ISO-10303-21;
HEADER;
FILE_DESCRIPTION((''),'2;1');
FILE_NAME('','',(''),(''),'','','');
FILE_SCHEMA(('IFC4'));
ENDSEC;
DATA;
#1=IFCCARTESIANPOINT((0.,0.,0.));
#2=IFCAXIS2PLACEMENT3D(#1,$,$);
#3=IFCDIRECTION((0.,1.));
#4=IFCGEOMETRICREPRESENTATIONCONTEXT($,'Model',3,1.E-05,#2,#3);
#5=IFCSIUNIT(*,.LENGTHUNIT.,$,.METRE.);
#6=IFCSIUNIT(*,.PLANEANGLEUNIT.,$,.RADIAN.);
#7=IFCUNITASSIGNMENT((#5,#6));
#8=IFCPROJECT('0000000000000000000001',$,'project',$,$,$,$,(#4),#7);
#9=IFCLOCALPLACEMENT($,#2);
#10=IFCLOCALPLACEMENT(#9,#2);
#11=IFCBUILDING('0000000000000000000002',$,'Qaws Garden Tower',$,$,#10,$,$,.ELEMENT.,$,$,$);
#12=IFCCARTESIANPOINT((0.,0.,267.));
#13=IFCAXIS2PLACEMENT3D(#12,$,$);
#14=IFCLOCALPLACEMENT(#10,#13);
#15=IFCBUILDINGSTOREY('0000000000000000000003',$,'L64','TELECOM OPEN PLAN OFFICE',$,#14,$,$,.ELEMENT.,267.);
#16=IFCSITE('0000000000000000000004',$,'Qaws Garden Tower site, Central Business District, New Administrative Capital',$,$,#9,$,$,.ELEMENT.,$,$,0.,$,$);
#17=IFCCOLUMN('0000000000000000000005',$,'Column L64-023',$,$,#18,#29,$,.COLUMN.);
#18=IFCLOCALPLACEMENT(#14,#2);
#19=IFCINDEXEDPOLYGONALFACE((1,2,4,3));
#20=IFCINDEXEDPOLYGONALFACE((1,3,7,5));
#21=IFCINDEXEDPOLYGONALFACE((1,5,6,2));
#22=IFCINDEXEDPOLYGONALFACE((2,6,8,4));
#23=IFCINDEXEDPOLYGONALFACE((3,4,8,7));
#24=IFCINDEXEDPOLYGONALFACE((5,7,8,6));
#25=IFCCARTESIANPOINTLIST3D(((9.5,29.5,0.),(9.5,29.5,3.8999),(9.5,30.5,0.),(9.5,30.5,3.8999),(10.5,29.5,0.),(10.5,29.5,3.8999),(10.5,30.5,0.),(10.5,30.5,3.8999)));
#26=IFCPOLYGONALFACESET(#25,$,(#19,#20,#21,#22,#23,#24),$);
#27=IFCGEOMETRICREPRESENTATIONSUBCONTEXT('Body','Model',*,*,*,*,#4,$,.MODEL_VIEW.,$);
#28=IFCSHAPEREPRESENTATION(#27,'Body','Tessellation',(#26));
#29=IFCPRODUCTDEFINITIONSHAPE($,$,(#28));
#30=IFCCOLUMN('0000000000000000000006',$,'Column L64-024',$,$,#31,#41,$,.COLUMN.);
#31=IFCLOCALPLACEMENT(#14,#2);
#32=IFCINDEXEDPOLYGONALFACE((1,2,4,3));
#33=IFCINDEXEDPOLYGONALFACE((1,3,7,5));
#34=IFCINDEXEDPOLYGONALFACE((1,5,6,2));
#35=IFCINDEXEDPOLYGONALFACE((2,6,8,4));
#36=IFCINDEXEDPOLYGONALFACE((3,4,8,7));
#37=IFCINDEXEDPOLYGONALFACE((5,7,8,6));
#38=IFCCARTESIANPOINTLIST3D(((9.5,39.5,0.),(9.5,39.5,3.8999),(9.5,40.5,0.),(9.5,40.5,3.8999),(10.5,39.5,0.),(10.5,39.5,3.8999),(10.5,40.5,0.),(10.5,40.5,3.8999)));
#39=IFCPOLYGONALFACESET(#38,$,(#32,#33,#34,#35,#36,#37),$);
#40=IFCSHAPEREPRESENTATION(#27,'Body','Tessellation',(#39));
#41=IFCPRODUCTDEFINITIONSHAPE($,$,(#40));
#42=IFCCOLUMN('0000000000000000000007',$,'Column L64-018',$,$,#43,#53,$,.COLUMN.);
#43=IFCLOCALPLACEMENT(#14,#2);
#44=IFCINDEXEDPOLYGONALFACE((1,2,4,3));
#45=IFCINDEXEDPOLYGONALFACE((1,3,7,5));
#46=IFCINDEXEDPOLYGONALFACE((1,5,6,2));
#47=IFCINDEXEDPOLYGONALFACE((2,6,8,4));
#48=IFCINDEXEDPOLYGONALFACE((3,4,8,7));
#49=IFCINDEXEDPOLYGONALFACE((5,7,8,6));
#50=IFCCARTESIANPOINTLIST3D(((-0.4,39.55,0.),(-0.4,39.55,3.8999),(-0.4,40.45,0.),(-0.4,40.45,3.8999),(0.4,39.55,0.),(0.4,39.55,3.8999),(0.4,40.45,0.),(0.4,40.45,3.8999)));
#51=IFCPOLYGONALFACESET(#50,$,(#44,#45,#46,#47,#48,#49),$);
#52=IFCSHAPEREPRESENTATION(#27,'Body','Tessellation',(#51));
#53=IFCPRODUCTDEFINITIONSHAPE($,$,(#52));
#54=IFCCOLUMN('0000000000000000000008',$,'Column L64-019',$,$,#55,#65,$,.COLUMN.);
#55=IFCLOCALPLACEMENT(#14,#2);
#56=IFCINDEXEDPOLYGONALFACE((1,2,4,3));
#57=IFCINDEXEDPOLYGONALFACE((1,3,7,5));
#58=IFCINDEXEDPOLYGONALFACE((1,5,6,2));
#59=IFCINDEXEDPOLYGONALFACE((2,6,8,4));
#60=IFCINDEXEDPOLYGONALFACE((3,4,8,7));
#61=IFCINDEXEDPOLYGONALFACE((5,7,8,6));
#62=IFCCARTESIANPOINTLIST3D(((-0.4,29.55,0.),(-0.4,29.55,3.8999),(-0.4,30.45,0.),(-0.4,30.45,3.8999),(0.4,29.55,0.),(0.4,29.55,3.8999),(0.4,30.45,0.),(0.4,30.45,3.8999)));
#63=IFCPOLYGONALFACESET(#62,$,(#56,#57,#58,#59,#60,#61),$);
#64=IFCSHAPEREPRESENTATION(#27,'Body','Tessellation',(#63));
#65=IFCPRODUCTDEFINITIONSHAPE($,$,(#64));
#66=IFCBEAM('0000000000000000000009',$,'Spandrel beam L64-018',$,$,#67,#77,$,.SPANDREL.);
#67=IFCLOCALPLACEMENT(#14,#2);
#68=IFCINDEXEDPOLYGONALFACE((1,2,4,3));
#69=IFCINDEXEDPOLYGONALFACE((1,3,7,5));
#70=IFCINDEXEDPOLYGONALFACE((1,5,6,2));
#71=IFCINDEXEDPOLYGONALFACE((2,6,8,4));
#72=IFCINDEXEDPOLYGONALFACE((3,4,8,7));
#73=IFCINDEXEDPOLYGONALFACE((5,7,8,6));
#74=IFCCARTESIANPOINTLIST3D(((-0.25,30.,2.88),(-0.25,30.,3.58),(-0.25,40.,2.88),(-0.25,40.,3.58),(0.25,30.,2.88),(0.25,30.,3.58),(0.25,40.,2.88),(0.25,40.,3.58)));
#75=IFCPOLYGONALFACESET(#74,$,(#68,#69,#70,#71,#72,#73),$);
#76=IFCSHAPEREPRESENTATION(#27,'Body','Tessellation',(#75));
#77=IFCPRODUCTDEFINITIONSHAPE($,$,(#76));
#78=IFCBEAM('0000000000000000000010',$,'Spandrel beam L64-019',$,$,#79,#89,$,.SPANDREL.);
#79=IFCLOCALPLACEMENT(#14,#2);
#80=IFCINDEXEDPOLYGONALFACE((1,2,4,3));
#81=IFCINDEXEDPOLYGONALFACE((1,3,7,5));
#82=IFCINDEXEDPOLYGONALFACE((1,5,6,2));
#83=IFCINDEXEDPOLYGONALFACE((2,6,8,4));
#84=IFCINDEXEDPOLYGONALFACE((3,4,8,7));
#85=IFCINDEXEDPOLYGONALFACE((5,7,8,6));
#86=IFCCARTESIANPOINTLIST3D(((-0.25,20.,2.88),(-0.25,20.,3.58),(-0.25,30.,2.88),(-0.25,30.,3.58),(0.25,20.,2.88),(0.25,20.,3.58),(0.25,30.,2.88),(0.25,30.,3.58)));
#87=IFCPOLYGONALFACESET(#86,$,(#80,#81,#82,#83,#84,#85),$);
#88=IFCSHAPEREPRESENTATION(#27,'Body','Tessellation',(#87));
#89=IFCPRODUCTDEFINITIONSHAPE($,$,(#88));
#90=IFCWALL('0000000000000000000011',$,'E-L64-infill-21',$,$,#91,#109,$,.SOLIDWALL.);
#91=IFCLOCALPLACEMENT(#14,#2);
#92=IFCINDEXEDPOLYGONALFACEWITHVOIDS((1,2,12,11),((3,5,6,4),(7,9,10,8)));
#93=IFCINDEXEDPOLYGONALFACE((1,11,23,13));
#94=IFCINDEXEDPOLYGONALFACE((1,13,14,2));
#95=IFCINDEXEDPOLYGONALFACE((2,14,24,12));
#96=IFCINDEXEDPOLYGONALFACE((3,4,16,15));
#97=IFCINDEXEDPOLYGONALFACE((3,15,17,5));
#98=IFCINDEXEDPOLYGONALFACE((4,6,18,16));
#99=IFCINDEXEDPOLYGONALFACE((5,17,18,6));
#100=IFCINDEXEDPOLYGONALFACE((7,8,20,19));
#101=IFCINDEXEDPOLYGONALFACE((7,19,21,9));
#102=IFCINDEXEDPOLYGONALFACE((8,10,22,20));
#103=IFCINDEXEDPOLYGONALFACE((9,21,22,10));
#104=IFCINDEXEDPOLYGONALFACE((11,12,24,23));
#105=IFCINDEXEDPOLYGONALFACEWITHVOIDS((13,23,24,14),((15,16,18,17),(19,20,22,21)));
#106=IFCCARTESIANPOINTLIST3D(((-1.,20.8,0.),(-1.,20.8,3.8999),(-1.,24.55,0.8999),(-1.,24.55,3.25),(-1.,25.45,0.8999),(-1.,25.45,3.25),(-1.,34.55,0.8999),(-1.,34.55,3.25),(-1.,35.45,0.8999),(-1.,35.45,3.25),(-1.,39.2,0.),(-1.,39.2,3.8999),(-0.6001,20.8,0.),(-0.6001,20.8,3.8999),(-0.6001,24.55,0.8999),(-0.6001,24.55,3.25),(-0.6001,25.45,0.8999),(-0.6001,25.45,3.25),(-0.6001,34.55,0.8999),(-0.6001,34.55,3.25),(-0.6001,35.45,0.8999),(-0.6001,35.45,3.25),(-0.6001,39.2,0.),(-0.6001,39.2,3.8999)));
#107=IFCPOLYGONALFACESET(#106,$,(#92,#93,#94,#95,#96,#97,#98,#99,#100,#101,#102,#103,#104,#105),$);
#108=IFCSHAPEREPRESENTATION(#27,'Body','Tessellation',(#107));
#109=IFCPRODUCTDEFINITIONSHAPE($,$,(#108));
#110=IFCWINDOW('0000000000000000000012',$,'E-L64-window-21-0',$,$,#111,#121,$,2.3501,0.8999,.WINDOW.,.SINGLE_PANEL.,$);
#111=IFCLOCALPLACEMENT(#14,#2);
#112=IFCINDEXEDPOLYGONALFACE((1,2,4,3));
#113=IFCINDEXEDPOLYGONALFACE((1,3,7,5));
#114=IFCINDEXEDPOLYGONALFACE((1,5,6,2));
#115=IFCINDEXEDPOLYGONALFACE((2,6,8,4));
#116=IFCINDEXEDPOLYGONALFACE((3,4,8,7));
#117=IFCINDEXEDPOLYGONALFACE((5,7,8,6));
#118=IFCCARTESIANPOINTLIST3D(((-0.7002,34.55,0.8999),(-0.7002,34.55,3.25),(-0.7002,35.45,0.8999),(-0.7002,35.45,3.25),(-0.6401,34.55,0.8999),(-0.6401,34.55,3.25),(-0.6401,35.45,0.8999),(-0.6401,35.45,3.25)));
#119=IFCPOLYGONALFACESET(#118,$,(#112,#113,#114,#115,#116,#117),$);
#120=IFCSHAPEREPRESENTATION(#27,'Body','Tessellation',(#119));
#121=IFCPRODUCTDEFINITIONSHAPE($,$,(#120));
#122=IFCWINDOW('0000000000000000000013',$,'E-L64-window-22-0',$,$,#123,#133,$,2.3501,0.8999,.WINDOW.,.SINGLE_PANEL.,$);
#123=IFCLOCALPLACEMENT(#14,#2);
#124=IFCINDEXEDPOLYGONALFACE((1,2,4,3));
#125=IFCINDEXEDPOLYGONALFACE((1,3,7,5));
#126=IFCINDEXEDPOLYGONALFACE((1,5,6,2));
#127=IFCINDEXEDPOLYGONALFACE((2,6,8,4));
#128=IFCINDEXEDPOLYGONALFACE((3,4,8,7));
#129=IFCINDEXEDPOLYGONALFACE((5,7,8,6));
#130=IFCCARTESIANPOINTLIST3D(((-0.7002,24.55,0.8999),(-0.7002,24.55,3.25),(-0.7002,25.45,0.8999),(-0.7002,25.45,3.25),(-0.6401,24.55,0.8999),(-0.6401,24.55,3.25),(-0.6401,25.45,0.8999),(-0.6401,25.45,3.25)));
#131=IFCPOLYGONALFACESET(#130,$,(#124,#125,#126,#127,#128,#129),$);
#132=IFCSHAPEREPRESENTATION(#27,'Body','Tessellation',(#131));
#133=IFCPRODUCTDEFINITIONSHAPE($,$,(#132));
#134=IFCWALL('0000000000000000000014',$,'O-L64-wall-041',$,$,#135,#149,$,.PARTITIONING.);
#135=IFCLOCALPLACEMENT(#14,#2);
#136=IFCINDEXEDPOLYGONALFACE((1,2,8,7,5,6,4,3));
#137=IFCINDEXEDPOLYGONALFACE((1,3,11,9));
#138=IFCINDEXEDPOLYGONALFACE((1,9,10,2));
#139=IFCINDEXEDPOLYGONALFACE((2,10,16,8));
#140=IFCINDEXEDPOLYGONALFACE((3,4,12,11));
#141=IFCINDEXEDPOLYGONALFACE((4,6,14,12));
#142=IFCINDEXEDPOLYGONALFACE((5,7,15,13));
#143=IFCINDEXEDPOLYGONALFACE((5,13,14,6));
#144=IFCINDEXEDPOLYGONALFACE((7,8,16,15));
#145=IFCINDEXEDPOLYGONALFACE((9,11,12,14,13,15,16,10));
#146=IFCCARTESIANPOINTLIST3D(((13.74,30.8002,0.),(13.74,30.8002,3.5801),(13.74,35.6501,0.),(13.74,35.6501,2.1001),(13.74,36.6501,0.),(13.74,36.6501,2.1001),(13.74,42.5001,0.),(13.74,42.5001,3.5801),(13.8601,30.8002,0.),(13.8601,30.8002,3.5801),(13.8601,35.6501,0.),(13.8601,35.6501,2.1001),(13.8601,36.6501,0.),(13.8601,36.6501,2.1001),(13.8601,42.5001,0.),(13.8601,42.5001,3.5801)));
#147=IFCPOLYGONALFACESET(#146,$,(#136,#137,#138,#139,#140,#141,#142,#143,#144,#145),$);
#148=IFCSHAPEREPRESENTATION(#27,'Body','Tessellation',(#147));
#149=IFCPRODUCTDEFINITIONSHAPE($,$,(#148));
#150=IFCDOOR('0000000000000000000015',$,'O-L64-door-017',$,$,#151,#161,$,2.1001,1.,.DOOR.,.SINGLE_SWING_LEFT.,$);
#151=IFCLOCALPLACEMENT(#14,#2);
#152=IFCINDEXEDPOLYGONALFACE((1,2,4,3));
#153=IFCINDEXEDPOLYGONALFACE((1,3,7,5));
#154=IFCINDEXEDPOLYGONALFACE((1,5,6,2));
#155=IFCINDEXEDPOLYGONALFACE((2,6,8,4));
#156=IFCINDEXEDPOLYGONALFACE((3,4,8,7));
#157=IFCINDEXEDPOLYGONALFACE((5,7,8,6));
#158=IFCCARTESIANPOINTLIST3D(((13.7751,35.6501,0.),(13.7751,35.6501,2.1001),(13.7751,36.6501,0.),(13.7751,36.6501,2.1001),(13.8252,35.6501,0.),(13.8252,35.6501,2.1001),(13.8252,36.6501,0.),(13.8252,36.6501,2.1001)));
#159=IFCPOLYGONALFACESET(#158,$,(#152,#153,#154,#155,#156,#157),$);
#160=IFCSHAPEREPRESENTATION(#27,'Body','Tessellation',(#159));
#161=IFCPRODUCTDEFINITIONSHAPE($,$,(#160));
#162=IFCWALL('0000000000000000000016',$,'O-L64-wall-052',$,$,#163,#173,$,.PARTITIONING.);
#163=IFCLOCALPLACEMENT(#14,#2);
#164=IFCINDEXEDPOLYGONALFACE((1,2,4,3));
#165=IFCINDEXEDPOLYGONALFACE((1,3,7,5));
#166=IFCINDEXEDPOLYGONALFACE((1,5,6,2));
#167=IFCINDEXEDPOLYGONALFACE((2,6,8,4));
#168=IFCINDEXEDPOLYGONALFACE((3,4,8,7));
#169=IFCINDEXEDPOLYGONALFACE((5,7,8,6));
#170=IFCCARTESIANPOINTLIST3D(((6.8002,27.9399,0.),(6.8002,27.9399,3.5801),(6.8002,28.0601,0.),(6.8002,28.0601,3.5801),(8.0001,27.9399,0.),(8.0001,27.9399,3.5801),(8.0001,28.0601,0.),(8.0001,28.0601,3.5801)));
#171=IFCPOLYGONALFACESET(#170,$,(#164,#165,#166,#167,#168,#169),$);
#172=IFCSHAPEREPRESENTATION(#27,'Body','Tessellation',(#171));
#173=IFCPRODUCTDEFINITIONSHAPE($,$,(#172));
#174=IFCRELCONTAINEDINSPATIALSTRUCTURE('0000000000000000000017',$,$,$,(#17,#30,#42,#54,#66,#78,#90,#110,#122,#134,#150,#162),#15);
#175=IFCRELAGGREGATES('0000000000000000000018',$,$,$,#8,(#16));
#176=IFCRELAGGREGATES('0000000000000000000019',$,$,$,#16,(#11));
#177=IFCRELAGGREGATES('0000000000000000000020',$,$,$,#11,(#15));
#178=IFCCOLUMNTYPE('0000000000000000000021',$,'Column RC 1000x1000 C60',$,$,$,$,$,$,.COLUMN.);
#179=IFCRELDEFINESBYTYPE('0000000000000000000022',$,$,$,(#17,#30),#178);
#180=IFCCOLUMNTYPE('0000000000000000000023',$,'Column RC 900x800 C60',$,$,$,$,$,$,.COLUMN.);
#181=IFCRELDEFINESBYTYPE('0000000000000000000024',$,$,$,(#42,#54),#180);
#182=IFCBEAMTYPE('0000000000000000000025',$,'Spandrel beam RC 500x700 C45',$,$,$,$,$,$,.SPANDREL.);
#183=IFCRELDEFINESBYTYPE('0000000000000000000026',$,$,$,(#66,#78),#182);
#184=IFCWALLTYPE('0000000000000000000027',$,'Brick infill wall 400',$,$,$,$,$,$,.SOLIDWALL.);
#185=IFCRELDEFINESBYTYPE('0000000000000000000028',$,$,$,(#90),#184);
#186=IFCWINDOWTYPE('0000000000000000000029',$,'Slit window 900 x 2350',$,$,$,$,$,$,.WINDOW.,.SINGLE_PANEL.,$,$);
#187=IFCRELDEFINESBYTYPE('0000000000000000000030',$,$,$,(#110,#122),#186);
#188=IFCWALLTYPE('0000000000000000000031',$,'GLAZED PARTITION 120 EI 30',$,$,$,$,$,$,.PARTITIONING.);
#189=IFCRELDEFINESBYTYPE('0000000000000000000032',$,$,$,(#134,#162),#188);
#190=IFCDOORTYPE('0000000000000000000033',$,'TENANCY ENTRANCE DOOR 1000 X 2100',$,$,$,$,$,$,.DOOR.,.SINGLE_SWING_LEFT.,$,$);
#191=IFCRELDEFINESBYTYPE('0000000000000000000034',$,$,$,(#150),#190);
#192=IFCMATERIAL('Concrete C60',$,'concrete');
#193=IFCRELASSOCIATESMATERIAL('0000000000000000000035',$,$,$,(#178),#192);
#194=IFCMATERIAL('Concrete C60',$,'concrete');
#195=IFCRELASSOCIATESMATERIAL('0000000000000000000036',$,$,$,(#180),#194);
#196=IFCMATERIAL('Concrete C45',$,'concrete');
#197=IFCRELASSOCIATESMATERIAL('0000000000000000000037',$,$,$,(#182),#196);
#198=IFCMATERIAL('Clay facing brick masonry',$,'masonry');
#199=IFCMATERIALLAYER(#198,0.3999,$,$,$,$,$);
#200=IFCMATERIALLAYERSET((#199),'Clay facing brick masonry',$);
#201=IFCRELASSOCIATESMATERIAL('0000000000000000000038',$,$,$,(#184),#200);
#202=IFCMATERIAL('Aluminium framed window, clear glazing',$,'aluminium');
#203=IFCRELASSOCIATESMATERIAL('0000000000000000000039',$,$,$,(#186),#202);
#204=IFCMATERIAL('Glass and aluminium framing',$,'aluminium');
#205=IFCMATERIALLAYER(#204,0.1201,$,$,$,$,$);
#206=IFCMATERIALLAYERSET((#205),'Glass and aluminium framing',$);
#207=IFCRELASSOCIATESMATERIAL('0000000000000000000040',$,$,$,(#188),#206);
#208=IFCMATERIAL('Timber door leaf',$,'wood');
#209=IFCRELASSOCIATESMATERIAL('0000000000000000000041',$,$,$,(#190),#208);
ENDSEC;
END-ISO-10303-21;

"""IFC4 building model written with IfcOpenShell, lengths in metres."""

from ifc_helpers import new_model, si_unit, direction, frame, frame_2d, origin, origin_2d, place, context, subcontext, project, spatial, rectangle, extrude, material, layer, layer_set, material_profile, profile_set, type_object, element, fill, save


model = new_model("IFC4")

# Units and contexts
model_context = context("Model", 3, precision=1e-05, world=origin(), true_north=direction((0.0, 1.0)))
body_context = subcontext(model_context, "Body", "Model", "MODEL_VIEW")
ifc_project = project(units=[si_unit("LENGTHUNIT", "METRE"), si_unit("PLANEANGLEUNIT", "RADIAN")], contexts=[model_context])

# Site, building, storey
site_placement = place(None, origin())
site = spatial("IfcSite", under=ifc_project, at=site_placement, Name="Qaws Garden Tower site, Central Business District, New Administrative Capital", CompositionType="ELEMENT", RefElevation=0.0)
building_placement = place(site_placement, origin())
building = spatial("IfcBuilding", under=site, at=building_placement, Name="Qaws Garden Tower", CompositionType="ELEMENT")
storey_placement = place(building_placement, frame((0.0, 0.0, 267.0)))
storey = spatial("IfcBuildingStorey", under=building, at=storey_placement, Name="L64", Description="TELECOM OPEN PLAN OFFICE", CompositionType="ELEMENT", Elevation=267.0)

# Columns
ifc_material_1 = material(Name="Concrete C60", Category="concrete")
ifc_material_profile_1 = material_profile(ifc_material_1, rectangle(XDim=1.0, YDim=1.0, at=origin_2d()), Name="RC 1000x1000")
ifc_profile_set_1 = profile_set([ifc_material_profile_1], Name="Concrete C60")
column_type_1 = type_object("IfcColumnType", Name="Column RC 1000x1000 C60", PredefinedType="COLUMN", material=ifc_profile_set_1)
for number, where, z_axis, x_axis, name in (
    (1, (10.0, 30.0, 0.0), (0.0, 0.0, 1.0), (1.0, 0.0, 0.0), "Column L64-023"),
    (2, (10.0, 40.0, 0.0), (0.0, 0.0, 1.0), (1.0, 0.0, 0.0), "Column L64-024"),
):
    element("IfcColumn", number, at=place(storey_placement, frame(where, z_axis=z_axis, x_axis=x_axis)), inside=storey, type_object=column_type_1, Name=name, PredefinedType="COLUMN", context=body_context, shape_type="SweptSolid", body=[
        extrude(rectangle(XDim=1.0, YDim=1.0, at=origin_2d()), origin(), (0.0, 0.0, 1.0), 3.8999),
    ])
ifc_material_2 = material(Name="Concrete C60", Category="concrete")
ifc_material_profile_2 = material_profile(ifc_material_2, rectangle(XDim=0.8999, YDim=0.8, at=origin_2d()), Name="RC 900x800")
ifc_profile_set_2 = profile_set([ifc_material_profile_2], Name="Concrete C60")
column_type_2 = type_object("IfcColumnType", Name="Column RC 900x800 C60", PredefinedType="COLUMN", material=ifc_profile_set_2)
for number, where, z_axis, x_axis, name in (
    (3, (0.0, 40.0, 0.0), (0.0, 0.0, 1.0), (0.0, 1.0, 0.0), "Column L64-018"),
    (4, (0.0, 30.0, 0.0), (0.0, 0.0, 1.0), (0.0, 1.0, 0.0), "Column L64-019"),
):
    element("IfcColumn", number, at=place(storey_placement, frame(where, z_axis=z_axis, x_axis=x_axis)), inside=storey, type_object=column_type_2, Name=name, PredefinedType="COLUMN", context=body_context, shape_type="SweptSolid", body=[
        extrude(rectangle(XDim=0.8999, YDim=0.8, at=origin_2d()), origin(), (0.0, 0.0, 1.0), 3.8999),
    ])

# Beams
ifc_material_3 = material(Name="Concrete C45", Category="concrete")
ifc_material_profile_3 = material_profile(ifc_material_3, rectangle(XDim=0.5, YDim=0.7, at=origin_2d()), Name="RC 500x700")
ifc_profile_set_3 = profile_set([ifc_material_profile_3], Name="Concrete C45")
beam_type = type_object("IfcBeamType", Name="Spandrel beam RC 500x700 C45", PredefinedType="SPANDREL", material=ifc_profile_set_3)
for number, where, z_axis, x_axis, name in (
    (5, (0.0, 40.0, 3.23), (0.0, -1.0, 0.0), (1.0, 0.0, 0.0), "Spandrel beam L64-018"),
    (6, (0.0, 30.0, 3.23), (0.0, -1.0, 0.0), (1.0, 0.0, 0.0), "Spandrel beam L64-019"),
):
    element("IfcBeam", number, at=place(storey_placement, frame(where, z_axis=z_axis, x_axis=x_axis)), inside=storey, type_object=beam_type, Name=name, PredefinedType="SPANDREL", context=body_context, shape_type="SweptSolid", body=[
        extrude(rectangle(XDim=0.5, YDim=0.7, at=origin_2d()), origin(), (0.0, 0.0, 1.0), 10.0),
    ])

# Wall, openings, windows
ifc_material_4 = material(Name="Clay facing brick masonry", Category="masonry")
ifc_layer_1 = layer(ifc_material_4, 0.3999)
ifc_layer_set_1 = layer_set([ifc_layer_1], Name="Clay facing brick masonry")
wall_type_1 = type_object("IfcWallType", Name="Brick infill wall 400", PredefinedType="SOLIDWALL", material=ifc_layer_set_1)
wall_1_placement = place(storey_placement, frame((-0.8, 39.2, 0.0), z_axis=(0.0, 0.0, 1.0), x_axis=(0.0, -1.0, 0.0)))
wall_1 = element("IfcWall", 7, at=wall_1_placement, inside=storey, type_object=wall_type_1, Name="E-L64-infill-21", PredefinedType="SOLIDWALL", context=body_context, shape_type="SweptSolid", body=[
    extrude(rectangle(XDim=18.3999, YDim=0.3999, at=frame_2d((9.2, 0.0))), origin(), (0.0, 0.0, 1.0), 3.8999),
])
opening_1_placement = place(wall_1_placement, frame((3.75, 0.0, 0.8999)))
opening_1 = element("IfcOpeningElement", 8, at=opening_1_placement, cuts=wall_1, PredefinedType="OPENING", context=body_context, shape_type="SweptSolid", body=[
    extrude(rectangle(XDim=0.8999, YDim=2.3501, at=frame_2d((0.45, 1.175))), frame((0.0, 0.21, 0.0), z_axis=(0.0, -1.0, 0.0), x_axis=(1.0, 0.0, 0.0)), (0.0, 0.0, 1.0), 0.4199),
])
opening_2_placement = place(wall_1_placement, frame((13.75, 0.0, 0.8999)))
opening_2 = element("IfcOpeningElement", 9, at=opening_2_placement, cuts=wall_1, PredefinedType="OPENING", context=body_context, shape_type="SweptSolid", body=[
    extrude(rectangle(XDim=0.8999, YDim=2.3501, at=frame_2d((0.45, 1.175))), frame((0.0, 0.21, 0.0), z_axis=(0.0, -1.0, 0.0), x_axis=(1.0, 0.0, 0.0)), (0.0, 0.0, 1.0), 0.4199),
])
ifc_material_5 = material(Name="Aluminium framed window, clear glazing", Category="aluminium")
window_type = type_object("IfcWindowType", Name="Slit window 900 x 2350", PartitioningType="SINGLE_PANEL", PredefinedType="WINDOW", material=ifc_material_5)
window_1_placement = place(opening_1_placement, origin())
window_1 = element("IfcWindow", 10, at=window_1_placement, inside=storey, type_object=window_type, Name="E-L64-window-21-0", OverallHeight=2.3501, OverallWidth=0.8999, PartitioningType="SINGLE_PANEL", PredefinedType="WINDOW", context=body_context, shape_type="SweptSolid", body=[
    extrude(rectangle(XDim=0.8999, YDim=2.3501, at=frame_2d((0.45, 1.175))), frame((0.0, 0.1599, 0.0), z_axis=(0.0, -1.0, 0.0), x_axis=(1.0, 0.0, 0.0)), (0.0, 0.0, 1.0), 0.0601),
])
fill(opening_1, window_1)
window_2_placement = place(opening_2_placement, origin())
window_2 = element("IfcWindow", 11, at=window_2_placement, inside=storey, type_object=window_type, Name="E-L64-window-22-0", OverallHeight=2.3501, OverallWidth=0.8999, PartitioningType="SINGLE_PANEL", PredefinedType="WINDOW", context=body_context, shape_type="SweptSolid", body=[
    extrude(rectangle(XDim=0.8999, YDim=2.3501, at=frame_2d((0.45, 1.175))), frame((0.0, 0.1599, 0.0), z_axis=(0.0, -1.0, 0.0), x_axis=(1.0, 0.0, 0.0)), (0.0, 0.0, 1.0), 0.0601),
])
fill(opening_2, window_2)

# Wall, opening, door
ifc_material_6 = material(Name="Glass and aluminium framing", Category="aluminium")
ifc_layer_2 = layer(ifc_material_6, 0.1201)
ifc_layer_set_2 = layer_set([ifc_layer_2], Name="Glass and aluminium framing")
wall_type_2 = type_object("IfcWallType", Name="GLAZED PARTITION 120 EI 30", PredefinedType="PARTITIONING", material=ifc_layer_set_2)
wall_2_placement = place(storey_placement, frame((13.8, 30.8, 0.0), z_axis=(0.0, 0.0, 1.0), x_axis=(0.0, 1.0, 0.0)))
wall_2 = element("IfcWall", 12, at=wall_2_placement, inside=storey, type_object=wall_type_2, Name="O-L64-wall-041", PredefinedType="PARTITIONING", context=body_context, shape_type="SweptSolid", body=[
    extrude(rectangle(XDim=11.7, YDim=0.1201, at=frame_2d((5.8501, 0.0))), origin(), (0.0, 0.0, 1.0), 3.5801),
])
opening_3_placement = place(wall_2_placement, frame((4.8501, 0.0, 0.0)))
opening_3 = element("IfcOpeningElement", 13, at=opening_3_placement, cuts=wall_2, PredefinedType="OPENING", context=body_context, shape_type="SweptSolid", body=[
    extrude(rectangle(XDim=1.0, YDim=2.1001, at=frame_2d((0.5, 1.05))), frame((0.0, 0.0701, 0.0), z_axis=(0.0, -1.0, 0.0), x_axis=(1.0, 0.0, 0.0)), (0.0, 0.0, 1.0), 0.1401),
])
ifc_material_7 = material(Name="Timber door leaf", Category="wood")
door_type = type_object("IfcDoorType", Name="TENANCY ENTRANCE DOOR 1000 X 2100", OperationType="SINGLE_SWING_LEFT", PredefinedType="DOOR", material=ifc_material_7)
door_1_placement = place(opening_3_placement, origin())
door_1 = element("IfcDoor", 14, at=door_1_placement, inside=storey, type_object=door_type, Name="O-L64-door-017", OperationType="SINGLE_SWING_LEFT", OverallHeight=2.1001, OverallWidth=1.0, PredefinedType="DOOR", context=body_context, shape_type="SweptSolid", body=[
    extrude(rectangle(XDim=1.0, YDim=2.1001, at=frame_2d((0.5, 1.05))), frame((0.0, 0.0249, 0.0), z_axis=(0.0, -1.0, 0.0), x_axis=(1.0, 0.0, 0.0)), (0.0, 0.0, 1.0), 0.05),
])
fill(opening_3, door_1)

# Wall
wall_3_placement = place(storey_placement, frame((6.8, 28.0, 0.0), z_axis=(0.0, 0.0, 1.0), x_axis=(1.0, 0.0, 0.0)))
element("IfcWall", 15, at=wall_3_placement, inside=storey, type_object=wall_type_2, Name="O-L64-wall-052", PredefinedType="PARTITIONING", context=body_context, shape_type="SweptSolid", body=[
    extrude(rectangle(XDim=1.2, YDim=0.1201, at=frame_2d((0.6001, 0.0))), origin(), (0.0, 0.0, 1.0), 3.5801),
])

save(model, "model.ifc")
